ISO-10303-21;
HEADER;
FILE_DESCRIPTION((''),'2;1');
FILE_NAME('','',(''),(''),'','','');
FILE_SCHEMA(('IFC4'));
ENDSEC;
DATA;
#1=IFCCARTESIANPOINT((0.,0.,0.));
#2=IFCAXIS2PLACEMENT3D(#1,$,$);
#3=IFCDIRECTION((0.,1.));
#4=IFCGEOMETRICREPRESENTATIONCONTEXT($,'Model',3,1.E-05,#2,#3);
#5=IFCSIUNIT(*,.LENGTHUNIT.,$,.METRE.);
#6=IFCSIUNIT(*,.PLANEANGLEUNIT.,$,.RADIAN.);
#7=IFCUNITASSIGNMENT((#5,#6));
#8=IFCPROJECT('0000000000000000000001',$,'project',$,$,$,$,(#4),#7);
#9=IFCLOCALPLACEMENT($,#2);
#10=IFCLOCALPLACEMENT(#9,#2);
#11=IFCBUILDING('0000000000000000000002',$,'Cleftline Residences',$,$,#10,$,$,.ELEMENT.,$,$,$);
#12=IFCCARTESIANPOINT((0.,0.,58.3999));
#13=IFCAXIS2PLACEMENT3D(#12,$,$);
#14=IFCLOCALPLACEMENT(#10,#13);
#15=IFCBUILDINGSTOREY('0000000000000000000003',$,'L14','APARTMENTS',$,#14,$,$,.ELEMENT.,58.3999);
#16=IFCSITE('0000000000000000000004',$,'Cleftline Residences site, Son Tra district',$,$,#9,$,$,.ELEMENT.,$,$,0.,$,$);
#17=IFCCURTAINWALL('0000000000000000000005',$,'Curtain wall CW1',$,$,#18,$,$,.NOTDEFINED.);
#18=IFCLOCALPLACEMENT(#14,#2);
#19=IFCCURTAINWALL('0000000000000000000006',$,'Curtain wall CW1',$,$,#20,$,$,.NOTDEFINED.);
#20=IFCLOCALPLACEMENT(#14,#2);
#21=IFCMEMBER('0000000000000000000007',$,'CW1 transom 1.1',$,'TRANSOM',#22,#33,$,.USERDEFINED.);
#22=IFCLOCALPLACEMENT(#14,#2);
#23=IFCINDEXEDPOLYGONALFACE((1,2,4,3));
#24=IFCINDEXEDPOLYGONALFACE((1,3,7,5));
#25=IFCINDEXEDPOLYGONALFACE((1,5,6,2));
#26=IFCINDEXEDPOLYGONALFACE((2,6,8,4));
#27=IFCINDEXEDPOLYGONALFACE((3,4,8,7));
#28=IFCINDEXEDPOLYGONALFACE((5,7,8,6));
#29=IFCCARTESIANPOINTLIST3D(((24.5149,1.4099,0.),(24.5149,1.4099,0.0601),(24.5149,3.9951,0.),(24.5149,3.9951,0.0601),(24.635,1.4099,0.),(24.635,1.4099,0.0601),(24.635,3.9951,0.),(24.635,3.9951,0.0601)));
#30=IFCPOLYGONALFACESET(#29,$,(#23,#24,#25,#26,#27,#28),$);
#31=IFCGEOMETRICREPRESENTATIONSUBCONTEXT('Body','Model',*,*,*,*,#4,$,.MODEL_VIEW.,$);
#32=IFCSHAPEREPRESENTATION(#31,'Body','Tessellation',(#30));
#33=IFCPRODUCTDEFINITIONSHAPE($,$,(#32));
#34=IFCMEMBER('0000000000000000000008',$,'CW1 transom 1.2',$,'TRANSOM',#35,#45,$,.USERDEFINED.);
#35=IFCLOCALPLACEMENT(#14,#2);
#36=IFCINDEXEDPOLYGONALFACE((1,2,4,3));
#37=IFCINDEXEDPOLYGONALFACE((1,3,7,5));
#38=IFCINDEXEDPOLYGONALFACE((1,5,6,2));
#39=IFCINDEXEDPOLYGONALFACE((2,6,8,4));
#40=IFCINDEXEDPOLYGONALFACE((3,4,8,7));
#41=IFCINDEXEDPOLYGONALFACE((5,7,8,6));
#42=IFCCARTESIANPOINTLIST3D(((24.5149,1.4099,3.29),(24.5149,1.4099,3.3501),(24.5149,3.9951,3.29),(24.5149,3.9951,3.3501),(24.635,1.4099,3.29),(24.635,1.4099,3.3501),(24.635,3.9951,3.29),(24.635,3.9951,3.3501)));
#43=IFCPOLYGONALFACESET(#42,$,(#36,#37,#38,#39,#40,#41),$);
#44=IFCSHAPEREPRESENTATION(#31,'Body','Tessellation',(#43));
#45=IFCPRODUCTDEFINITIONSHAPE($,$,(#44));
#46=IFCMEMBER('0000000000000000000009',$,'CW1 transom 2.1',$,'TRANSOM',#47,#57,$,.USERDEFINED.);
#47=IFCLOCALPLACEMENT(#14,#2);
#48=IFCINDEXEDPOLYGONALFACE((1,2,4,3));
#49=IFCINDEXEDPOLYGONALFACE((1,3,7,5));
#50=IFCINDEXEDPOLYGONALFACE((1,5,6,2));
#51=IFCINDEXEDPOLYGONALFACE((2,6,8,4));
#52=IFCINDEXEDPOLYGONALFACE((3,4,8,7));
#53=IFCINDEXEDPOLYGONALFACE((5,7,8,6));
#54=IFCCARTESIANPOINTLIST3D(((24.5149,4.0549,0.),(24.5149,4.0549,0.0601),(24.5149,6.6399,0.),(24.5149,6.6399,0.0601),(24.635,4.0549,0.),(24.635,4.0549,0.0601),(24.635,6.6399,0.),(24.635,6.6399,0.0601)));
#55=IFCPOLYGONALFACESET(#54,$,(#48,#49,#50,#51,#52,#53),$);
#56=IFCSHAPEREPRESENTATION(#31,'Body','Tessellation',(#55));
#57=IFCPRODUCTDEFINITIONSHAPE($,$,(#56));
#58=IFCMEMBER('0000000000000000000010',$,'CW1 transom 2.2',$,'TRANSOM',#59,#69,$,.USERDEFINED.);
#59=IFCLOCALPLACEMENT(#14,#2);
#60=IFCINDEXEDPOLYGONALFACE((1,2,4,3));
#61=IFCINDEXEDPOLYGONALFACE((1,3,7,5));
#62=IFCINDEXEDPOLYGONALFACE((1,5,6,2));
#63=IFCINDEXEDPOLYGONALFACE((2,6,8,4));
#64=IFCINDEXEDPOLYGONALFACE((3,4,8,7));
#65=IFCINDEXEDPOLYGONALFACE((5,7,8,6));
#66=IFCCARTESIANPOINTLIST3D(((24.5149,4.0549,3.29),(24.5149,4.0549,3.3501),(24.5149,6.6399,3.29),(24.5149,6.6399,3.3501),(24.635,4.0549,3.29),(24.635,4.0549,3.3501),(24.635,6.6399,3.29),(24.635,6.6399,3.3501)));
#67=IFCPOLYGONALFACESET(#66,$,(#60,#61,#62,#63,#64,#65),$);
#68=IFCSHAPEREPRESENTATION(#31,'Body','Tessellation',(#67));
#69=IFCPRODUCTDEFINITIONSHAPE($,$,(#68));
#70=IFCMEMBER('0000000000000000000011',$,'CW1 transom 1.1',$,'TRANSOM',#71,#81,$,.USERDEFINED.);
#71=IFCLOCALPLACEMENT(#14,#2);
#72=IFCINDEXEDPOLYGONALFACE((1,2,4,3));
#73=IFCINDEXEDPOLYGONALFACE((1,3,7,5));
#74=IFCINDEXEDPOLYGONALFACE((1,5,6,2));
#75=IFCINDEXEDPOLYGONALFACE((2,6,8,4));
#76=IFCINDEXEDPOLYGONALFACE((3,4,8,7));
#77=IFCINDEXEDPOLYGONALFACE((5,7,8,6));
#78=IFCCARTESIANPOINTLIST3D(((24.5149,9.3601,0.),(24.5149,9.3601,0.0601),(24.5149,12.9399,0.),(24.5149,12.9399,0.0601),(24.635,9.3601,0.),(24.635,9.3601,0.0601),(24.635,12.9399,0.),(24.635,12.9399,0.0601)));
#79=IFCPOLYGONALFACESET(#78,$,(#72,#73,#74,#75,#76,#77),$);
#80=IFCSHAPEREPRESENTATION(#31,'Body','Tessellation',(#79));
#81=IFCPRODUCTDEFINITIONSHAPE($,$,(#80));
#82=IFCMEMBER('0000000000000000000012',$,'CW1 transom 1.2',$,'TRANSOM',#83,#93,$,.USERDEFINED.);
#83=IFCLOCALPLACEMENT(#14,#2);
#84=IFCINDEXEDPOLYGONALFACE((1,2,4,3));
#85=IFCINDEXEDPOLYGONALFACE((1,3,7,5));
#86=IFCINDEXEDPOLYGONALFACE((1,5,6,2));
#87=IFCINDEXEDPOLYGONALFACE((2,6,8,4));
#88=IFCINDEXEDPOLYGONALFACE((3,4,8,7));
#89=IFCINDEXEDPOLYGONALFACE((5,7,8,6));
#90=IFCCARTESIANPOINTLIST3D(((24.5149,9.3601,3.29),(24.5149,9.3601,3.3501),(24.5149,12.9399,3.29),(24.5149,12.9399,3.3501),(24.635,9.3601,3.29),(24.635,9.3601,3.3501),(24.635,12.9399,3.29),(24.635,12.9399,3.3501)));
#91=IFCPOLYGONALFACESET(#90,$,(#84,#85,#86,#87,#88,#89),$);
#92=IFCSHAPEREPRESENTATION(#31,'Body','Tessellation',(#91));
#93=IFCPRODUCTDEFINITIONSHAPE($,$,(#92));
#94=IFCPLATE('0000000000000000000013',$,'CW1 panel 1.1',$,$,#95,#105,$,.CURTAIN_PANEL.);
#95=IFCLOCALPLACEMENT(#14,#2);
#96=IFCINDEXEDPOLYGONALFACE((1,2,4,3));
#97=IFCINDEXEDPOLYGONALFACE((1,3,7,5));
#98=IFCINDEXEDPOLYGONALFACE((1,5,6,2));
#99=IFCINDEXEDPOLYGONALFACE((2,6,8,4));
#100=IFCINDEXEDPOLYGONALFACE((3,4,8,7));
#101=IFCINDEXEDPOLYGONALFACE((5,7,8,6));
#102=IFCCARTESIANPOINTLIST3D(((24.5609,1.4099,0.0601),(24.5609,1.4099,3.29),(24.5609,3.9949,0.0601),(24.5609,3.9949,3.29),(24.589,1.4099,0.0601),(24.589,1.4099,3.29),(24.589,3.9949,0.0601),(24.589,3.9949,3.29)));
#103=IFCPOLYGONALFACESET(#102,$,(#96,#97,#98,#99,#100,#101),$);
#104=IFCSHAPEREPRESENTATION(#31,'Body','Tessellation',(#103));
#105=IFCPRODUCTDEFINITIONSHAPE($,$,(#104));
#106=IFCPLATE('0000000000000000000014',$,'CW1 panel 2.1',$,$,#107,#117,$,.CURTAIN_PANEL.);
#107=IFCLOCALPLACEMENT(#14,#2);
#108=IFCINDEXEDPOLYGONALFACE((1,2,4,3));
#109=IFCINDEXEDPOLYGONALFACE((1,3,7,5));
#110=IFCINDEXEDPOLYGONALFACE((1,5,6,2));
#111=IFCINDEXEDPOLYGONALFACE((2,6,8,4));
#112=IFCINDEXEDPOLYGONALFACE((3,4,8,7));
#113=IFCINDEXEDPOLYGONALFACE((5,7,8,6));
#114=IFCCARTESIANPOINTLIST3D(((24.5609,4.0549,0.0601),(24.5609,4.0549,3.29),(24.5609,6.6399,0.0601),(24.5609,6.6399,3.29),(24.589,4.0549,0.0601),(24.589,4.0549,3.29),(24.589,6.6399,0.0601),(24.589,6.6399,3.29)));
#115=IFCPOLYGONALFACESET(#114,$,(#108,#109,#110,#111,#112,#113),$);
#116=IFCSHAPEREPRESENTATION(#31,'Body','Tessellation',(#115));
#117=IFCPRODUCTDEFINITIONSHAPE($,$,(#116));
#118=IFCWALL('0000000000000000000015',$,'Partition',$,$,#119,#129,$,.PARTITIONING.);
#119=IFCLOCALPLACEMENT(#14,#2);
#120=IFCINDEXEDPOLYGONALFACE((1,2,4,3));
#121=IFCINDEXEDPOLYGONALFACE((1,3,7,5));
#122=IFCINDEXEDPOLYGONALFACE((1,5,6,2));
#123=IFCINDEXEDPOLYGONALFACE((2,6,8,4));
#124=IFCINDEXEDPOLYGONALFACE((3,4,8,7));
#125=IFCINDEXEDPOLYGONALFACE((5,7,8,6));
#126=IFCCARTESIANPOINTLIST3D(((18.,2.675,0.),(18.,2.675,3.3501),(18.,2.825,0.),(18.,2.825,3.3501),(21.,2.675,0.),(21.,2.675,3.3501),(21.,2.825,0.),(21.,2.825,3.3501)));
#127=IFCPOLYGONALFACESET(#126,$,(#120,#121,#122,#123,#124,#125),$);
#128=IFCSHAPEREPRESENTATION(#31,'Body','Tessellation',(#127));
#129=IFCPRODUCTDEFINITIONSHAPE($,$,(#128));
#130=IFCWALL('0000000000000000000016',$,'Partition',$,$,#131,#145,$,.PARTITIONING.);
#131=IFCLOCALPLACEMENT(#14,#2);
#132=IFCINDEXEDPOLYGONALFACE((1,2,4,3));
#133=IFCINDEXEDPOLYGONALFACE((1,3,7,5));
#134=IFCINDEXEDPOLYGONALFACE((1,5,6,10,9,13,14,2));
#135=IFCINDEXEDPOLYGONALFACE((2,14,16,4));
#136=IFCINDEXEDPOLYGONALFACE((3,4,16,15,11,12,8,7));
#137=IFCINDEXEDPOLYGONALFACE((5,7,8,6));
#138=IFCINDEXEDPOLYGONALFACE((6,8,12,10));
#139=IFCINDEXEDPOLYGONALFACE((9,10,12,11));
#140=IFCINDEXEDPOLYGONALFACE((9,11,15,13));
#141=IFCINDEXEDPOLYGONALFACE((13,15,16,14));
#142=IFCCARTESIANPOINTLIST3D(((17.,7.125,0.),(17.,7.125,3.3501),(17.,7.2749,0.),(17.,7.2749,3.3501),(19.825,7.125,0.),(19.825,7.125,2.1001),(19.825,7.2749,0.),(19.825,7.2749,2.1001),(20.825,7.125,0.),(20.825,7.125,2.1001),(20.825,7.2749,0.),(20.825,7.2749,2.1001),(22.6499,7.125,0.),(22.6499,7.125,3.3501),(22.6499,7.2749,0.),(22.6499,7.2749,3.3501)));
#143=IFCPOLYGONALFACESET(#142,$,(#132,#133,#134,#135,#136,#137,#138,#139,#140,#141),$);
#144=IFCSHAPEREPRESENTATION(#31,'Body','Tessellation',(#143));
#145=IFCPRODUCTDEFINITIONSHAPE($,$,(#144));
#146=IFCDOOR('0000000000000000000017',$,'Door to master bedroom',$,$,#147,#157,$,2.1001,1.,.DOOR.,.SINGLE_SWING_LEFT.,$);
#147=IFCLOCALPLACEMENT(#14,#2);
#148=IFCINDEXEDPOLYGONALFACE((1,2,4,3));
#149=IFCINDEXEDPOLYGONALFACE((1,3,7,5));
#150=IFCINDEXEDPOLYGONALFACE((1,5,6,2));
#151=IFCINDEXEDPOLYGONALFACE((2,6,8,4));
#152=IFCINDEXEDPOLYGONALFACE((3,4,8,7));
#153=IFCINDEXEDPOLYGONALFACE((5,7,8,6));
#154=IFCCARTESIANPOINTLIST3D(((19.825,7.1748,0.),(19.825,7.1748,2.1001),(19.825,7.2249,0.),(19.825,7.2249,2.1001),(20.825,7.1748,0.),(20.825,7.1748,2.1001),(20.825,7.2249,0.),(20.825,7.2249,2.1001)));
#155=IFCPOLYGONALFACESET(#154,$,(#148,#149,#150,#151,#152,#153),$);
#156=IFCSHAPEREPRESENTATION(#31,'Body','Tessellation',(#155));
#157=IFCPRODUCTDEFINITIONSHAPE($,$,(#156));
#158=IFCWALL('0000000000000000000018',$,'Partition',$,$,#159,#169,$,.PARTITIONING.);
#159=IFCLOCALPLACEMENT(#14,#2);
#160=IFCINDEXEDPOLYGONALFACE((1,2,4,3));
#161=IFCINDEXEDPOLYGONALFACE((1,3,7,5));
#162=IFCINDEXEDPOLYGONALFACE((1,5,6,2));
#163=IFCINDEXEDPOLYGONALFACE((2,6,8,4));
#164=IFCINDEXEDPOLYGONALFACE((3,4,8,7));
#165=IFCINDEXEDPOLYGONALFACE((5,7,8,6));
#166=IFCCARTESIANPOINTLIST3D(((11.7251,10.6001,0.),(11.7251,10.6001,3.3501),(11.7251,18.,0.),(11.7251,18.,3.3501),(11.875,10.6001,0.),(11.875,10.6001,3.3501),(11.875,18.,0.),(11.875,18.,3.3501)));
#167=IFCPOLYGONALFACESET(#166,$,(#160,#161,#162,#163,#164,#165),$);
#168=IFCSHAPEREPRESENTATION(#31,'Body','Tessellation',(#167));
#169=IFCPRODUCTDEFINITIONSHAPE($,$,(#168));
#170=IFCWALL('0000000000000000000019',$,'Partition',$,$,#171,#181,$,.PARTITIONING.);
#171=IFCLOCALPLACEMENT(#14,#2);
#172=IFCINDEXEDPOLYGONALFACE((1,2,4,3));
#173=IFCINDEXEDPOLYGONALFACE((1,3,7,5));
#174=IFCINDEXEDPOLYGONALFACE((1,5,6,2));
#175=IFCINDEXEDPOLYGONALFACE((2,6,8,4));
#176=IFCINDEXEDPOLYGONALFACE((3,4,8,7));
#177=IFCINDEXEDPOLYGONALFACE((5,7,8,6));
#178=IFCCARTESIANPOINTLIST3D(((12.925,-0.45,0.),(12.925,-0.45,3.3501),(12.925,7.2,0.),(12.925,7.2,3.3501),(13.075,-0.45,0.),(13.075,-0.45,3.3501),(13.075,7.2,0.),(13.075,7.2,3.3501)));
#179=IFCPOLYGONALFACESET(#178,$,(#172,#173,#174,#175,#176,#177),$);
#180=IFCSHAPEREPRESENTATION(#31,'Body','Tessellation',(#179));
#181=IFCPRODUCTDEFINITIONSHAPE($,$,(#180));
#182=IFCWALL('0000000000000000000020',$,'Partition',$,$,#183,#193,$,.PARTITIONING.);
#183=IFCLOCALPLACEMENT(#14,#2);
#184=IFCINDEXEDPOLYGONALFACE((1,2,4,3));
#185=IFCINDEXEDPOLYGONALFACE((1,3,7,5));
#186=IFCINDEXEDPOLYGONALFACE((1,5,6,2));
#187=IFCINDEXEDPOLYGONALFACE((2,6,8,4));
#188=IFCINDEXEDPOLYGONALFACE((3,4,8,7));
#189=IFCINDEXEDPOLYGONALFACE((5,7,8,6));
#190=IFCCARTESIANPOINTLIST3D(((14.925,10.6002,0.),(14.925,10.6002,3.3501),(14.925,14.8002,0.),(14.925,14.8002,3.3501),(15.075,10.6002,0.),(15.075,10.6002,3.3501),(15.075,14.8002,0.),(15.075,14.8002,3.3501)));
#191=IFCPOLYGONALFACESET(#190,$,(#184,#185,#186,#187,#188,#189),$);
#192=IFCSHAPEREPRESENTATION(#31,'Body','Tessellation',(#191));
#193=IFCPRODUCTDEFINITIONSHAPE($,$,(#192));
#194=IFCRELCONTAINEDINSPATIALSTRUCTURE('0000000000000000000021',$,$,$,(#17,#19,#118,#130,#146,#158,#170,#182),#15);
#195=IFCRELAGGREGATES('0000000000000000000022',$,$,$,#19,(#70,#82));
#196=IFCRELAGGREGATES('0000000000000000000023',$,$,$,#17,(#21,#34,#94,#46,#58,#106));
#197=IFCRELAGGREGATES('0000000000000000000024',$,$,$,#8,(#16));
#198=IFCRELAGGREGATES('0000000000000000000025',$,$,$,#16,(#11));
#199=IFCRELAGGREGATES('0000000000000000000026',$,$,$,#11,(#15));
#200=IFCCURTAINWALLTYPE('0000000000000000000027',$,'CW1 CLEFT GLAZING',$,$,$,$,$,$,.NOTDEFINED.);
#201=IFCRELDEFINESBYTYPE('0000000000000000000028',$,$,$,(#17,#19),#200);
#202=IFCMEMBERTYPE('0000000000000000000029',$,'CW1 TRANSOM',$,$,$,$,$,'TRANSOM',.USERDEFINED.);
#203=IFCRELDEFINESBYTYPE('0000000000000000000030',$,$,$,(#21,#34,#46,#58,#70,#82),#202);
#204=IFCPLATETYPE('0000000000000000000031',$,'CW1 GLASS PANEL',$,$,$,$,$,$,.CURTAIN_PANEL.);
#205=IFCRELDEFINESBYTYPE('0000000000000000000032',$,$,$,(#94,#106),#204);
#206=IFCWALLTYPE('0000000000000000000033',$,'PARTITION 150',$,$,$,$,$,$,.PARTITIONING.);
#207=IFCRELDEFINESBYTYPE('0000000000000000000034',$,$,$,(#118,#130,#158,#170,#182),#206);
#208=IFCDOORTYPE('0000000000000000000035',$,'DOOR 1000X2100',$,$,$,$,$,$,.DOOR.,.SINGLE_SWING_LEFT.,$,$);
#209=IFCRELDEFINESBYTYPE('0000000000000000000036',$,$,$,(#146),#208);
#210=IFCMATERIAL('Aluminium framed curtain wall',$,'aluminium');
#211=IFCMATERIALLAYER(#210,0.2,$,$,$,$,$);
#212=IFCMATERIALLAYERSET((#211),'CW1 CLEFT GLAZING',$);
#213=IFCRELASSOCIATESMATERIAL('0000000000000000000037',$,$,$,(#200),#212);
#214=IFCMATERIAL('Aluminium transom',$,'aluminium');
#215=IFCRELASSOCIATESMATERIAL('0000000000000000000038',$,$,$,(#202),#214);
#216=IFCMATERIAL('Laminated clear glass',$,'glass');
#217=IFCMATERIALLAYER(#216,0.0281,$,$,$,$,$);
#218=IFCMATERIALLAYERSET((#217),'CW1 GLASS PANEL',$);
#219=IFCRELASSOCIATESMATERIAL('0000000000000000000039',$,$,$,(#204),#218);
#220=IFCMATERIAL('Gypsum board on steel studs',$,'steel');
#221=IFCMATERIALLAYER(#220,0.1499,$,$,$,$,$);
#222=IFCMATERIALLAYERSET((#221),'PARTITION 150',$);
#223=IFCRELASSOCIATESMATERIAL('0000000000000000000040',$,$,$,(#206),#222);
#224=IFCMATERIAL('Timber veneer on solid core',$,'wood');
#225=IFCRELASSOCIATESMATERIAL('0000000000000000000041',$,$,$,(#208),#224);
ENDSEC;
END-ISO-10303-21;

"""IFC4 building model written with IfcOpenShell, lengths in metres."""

from ifc_helpers import new_model, si_unit, direction, frame, frame_2d, origin, origin_2d, place, context, subcontext, project, spatial, rectangle, extrude, material, layer, layer_set, material_profile, profile_set, type_object, element, fill, aggregate, save


model = new_model("IFC4")

# Units and contexts
model_context = context("Model", 3, precision=1e-05, world=origin(), true_north=direction((0.0, 1.0)))
body_context = subcontext(model_context, "Body", "Model", "MODEL_VIEW")
ifc_project = project(units=[si_unit("LENGTHUNIT", "METRE"), si_unit("PLANEANGLEUNIT", "RADIAN")], contexts=[model_context])

# Site, building, storey
site_placement = place(None, origin())
site = spatial("IfcSite", under=ifc_project, at=site_placement, Name="Cleftline Residences site, Son Tra district", CompositionType="ELEMENT", RefElevation=0.0)
building_placement = place(site_placement, origin())
building = spatial("IfcBuilding", under=site, at=building_placement, Name="Cleftline Residences", CompositionType="ELEMENT")
storey_placement = place(building_placement, frame((0.0, 0.0, 58.3999)))
storey = spatial("IfcBuildingStorey", under=building, at=storey_placement, Name="L14", Description="APARTMENTS", CompositionType="ELEMENT", Elevation=58.3999)

# Curtain wall
ifc_material_1 = material(Name="Aluminium framed curtain wall", Category="aluminium")
ifc_layer_1 = layer(ifc_material_1, 0.2)
ifc_layer_set_1 = layer_set([ifc_layer_1], Name="CW1 CLEFT GLAZING")
curtain_wall_type = type_object("IfcCurtainWallType", Name="CW1 CLEFT GLAZING", PredefinedType="NOTDEFINED", material=ifc_layer_set_1)
curtain_wall_1_placement = place(storey_placement, origin())
curtain_wall_1 = element("IfcCurtainWall", 1, at=curtain_wall_1_placement, inside=storey, type_object=curtain_wall_type, Name="Curtain wall CW1", PredefinedType="NOTDEFINED")

# Curtain wall
curtain_wall_2_placement = place(storey_placement, origin())
curtain_wall_2 = element("IfcCurtainWall", 2, at=curtain_wall_2_placement, inside=storey, type_object=curtain_wall_type, Name="Curtain wall CW1", PredefinedType="NOTDEFINED")

# Members
ifc_material_2 = material(Name="Aluminium transom", Category="aluminium")
ifc_material_profile_1 = material_profile(ifc_material_2, rectangle(XDim=0.1201, YDim=0.0601, at=origin_2d()))
ifc_profile_set_1 = profile_set([ifc_material_profile_1], Name="Aluminium transom")
member_type_1 = type_object("IfcMemberType", Name="CW1 TRANSOM", ElementType="TRANSOM", PredefinedType="USERDEFINED", material=ifc_profile_set_1)
member_1_placement = place(storey_placement, frame((24.575, 1.4099, 0.03), z_axis=(0.0, 1.0, 0.0), x_axis=(-1.0, 0.0, 0.0)))
member_1 = element("IfcMember", 3, at=member_1_placement, type_object=member_type_1, Name="CW1 transom 1.1", ObjectType="TRANSOM", PredefinedType="USERDEFINED", context=body_context, shape_type="SweptSolid", body=[
    extrude(rectangle(XDim=0.1201, YDim=0.0601, at=origin_2d()), origin(), (0.0, 0.0, 1.0), 2.5852),
])
member_2_placement = place(storey_placement, frame((24.575, 1.4099, 3.3201), z_axis=(0.0, 1.0, 0.0), x_axis=(-1.0, 0.0, 0.0)))
member_2 = element("IfcMember", 4, at=member_2_placement, type_object=member_type_1, Name="CW1 transom 1.2", ObjectType="TRANSOM", PredefinedType="USERDEFINED", context=body_context, shape_type="SweptSolid", body=[
    extrude(rectangle(XDim=0.1201, YDim=0.0601, at=origin_2d()), origin(), (0.0, 0.0, 1.0), 2.5852),
])
member_3_placement = place(storey_placement, frame((24.575, 4.0549, 0.03), z_axis=(0.0, 1.0, 0.0), x_axis=(-1.0, 0.0, 0.0)))
member_3 = element("IfcMember", 5, at=member_3_placement, type_object=member_type_1, Name="CW1 transom 2.1", ObjectType="TRANSOM", PredefinedType="USERDEFINED", context=body_context, shape_type="SweptSolid", body=[
    extrude(rectangle(XDim=0.1201, YDim=0.0601, at=origin_2d()), origin(), (0.0, 0.0, 1.0), 2.585),
])
member_4_placement = place(storey_placement, frame((24.575, 4.0549, 3.3201), z_axis=(0.0, 1.0, 0.0), x_axis=(-1.0, 0.0, 0.0)))
member_4 = element("IfcMember", 6, at=member_4_placement, type_object=member_type_1, Name="CW1 transom 2.2", ObjectType="TRANSOM", PredefinedType="USERDEFINED", context=body_context, shape_type="SweptSolid", body=[
    extrude(rectangle(XDim=0.1201, YDim=0.0601, at=origin_2d()), origin(), (0.0, 0.0, 1.0), 2.585),
])
member_5_placement = place(storey_placement, frame((24.575, 9.3601, 0.03), z_axis=(0.0, 1.0, 0.0), x_axis=(-1.0, 0.0, 0.0)))
member_5 = element("IfcMember", 7, at=member_5_placement, type_object=member_type_1, Name="CW1 transom 1.1", ObjectType="TRANSOM", PredefinedType="USERDEFINED", context=body_context, shape_type="SweptSolid", body=[
    extrude(rectangle(XDim=0.1201, YDim=0.0601, at=origin_2d()), origin(), (0.0, 0.0, 1.0), 3.5798),
])
member_6_placement = place(storey_placement, frame((24.575, 9.3601, 3.3201), z_axis=(0.0, 1.0, 0.0), x_axis=(-1.0, 0.0, 0.0)))
member_6 = element("IfcMember", 8, at=member_6_placement, type_object=member_type_1, Name="CW1 transom 1.2", ObjectType="TRANSOM", PredefinedType="USERDEFINED", context=body_context, shape_type="SweptSolid", body=[
    extrude(rectangle(XDim=0.1201, YDim=0.0601, at=origin_2d()), origin(), (0.0, 0.0, 1.0), 3.5798),
])
aggregate(curtain_wall_2, [member_5, member_6])

# Plates
ifc_material_3 = material(Name="Laminated clear glass", Category="glass")
ifc_layer_2 = layer(ifc_material_3, 0.0281)
ifc_layer_set_2 = layer_set([ifc_layer_2], Name="CW1 GLASS PANEL")
plate_type = type_object("IfcPlateType", Name="CW1 GLASS PANEL", PredefinedType="CURTAIN_PANEL", material=ifc_layer_set_2)
plate_1_placement = place(storey_placement, frame((24.575, 2.7024, 0.0601), z_axis=(0.0, 0.0, 1.0), x_axis=(0.0, 1.0, 0.0)))
plate_1 = element("IfcPlate", 9, at=plate_1_placement, type_object=plate_type, Name="CW1 panel 1.1", PredefinedType="CURTAIN_PANEL", context=body_context, shape_type="SweptSolid", body=[
    extrude(rectangle(XDim=2.585, YDim=0.0281, at=origin_2d()), origin(), (0.0, 0.0, 1.0), 3.23),
])
plate_2_placement = place(storey_placement, frame((24.575, 5.3474, 0.0601), z_axis=(0.0, 0.0, 1.0), x_axis=(0.0, 1.0, 0.0)))
plate_2 = element("IfcPlate", 10, at=plate_2_placement, type_object=plate_type, Name="CW1 panel 2.1", PredefinedType="CURTAIN_PANEL", context=body_context, shape_type="SweptSolid", body=[
    extrude(rectangle(XDim=2.585, YDim=0.0281, at=origin_2d()), origin(), (0.0, 0.0, 1.0), 3.23),
])
aggregate(curtain_wall_1, [member_1, member_2, plate_1, member_3, member_4, plate_2])

# Wall
ifc_material_4 = material(Name="Gypsum board on steel studs", Category="steel")
ifc_layer_3 = layer(ifc_material_4, 0.1499)
ifc_layer_set_3 = layer_set([ifc_layer_3], Name="PARTITION 150")
wall_type = type_object("IfcWallType", Name="PARTITION 150", PredefinedType="PARTITIONING", material=ifc_layer_set_3)
wall_1_placement = place(storey_placement, frame((18.0, 2.75, 0.0), z_axis=(0.0, 0.0, 1.0), x_axis=(1.0, 0.0, 0.0)))
element("IfcWall", 11, at=wall_1_placement, inside=storey, type_object=wall_type, Name="Partition", PredefinedType="PARTITIONING", context=body_context, shape_type="SweptSolid", body=[
    extrude(rectangle(XDim=3.0, YDim=0.1499, at=frame_2d((1.5, 0.0))), origin(), (0.0, 0.0, 1.0), 3.3501),
])

# Wall, opening, door
wall_2_placement = place(storey_placement, frame((17.0, 7.2, 0.0), z_axis=(0.0, 0.0, 1.0), x_axis=(1.0, 0.0, 0.0)))
wall_2 = element("IfcWall", 12, at=wall_2_placement, inside=storey, type_object=wall_type, Name="Partition", PredefinedType="PARTITIONING", context=body_context, shape_type="SweptSolid", body=[
    extrude(rectangle(XDim=5.6499, YDim=0.1499, at=frame_2d((2.825, 0.0))), origin(), (0.0, 0.0, 1.0), 3.3501),
])
opening_1_placement = place(wall_2_placement, frame((2.825, 0.0, 0.0)))
opening_1 = element("IfcOpeningElement", 13, at=opening_1_placement, cuts=wall_2, PredefinedType="OPENING", context=body_context, shape_type="SweptSolid", body=[
    extrude(rectangle(XDim=1.0, YDim=2.1001, at=frame_2d((0.5, 1.05))), frame((0.0, 0.085, 0.0), z_axis=(0.0, -1.0, 0.0), x_axis=(1.0, 0.0, 0.0)), (0.0, 0.0, 1.0), 0.1699),
])
ifc_material_5 = material(Name="Timber veneer on solid core", Category="wood")
door_type_1 = type_object("IfcDoorType", Name="DOOR 1000X2100", OperationType="SINGLE_SWING_LEFT", PredefinedType="DOOR", material=ifc_material_5)
door_1_placement = place(opening_1_placement, origin())
door_1 = element("IfcDoor", 14, at=door_1_placement, inside=storey, type_object=door_type_1, Name="Door to master bedroom", OperationType="SINGLE_SWING_LEFT", OverallHeight=2.1001, OverallWidth=1.0, PredefinedType="DOOR", context=body_context, shape_type="SweptSolid", body=[
    extrude(rectangle(XDim=1.0, YDim=2.1001, at=frame_2d((0.5, 1.05))), frame((0.0, 0.0249, 0.0), z_axis=(0.0, -1.0, 0.0), x_axis=(1.0, 0.0, 0.0)), (0.0, 0.0, 1.0), 0.05),
])
fill(opening_1, door_1)

# Walls
wall_3_placement = place(storey_placement, frame((11.8, 10.6001, 0.0), z_axis=(0.0, 0.0, 1.0), x_axis=(0.0, 1.0, 0.0)))
element("IfcWall", 15, at=wall_3_placement, inside=storey, type_object=wall_type, Name="Partition", PredefinedType="PARTITIONING", context=body_context, shape_type="SweptSolid", body=[
    extrude(rectangle(XDim=7.3999, YDim=0.1499, at=frame_2d((3.7, 0.0))), origin(), (0.0, 0.0, 1.0), 3.3501),
])
wall_4_placement = place(storey_placement, frame((13.0, -0.45, 0.0), z_axis=(0.0, 0.0, 1.0), x_axis=(0.0, 1.0, 0.0)))
element("IfcWall", 16, at=wall_4_placement, inside=storey, type_object=wall_type, Name="Partition", PredefinedType="PARTITIONING", context=body_context, shape_type="SweptSolid", body=[
    extrude(rectangle(XDim=7.6499, YDim=0.1499, at=frame_2d((3.825, 0.0))), origin(), (0.0, 0.0, 1.0), 3.3501),
])
wall_5_placement = place(storey_placement, frame((15.0, 10.6001, 0.0), z_axis=(0.0, 0.0, 1.0), x_axis=(0.0, 1.0, 0.0)))
element("IfcWall", 17, at=wall_5_placement, inside=storey, type_object=wall_type, Name="Partition", PredefinedType="PARTITIONING", context=body_context, shape_type="SweptSolid", body=[
    extrude(rectangle(XDim=4.2, YDim=0.1499, at=frame_2d((2.1001, 0.0))), origin(), (0.0, 0.0, 1.0), 3.3501),
])

save(model, "model.ifc")
